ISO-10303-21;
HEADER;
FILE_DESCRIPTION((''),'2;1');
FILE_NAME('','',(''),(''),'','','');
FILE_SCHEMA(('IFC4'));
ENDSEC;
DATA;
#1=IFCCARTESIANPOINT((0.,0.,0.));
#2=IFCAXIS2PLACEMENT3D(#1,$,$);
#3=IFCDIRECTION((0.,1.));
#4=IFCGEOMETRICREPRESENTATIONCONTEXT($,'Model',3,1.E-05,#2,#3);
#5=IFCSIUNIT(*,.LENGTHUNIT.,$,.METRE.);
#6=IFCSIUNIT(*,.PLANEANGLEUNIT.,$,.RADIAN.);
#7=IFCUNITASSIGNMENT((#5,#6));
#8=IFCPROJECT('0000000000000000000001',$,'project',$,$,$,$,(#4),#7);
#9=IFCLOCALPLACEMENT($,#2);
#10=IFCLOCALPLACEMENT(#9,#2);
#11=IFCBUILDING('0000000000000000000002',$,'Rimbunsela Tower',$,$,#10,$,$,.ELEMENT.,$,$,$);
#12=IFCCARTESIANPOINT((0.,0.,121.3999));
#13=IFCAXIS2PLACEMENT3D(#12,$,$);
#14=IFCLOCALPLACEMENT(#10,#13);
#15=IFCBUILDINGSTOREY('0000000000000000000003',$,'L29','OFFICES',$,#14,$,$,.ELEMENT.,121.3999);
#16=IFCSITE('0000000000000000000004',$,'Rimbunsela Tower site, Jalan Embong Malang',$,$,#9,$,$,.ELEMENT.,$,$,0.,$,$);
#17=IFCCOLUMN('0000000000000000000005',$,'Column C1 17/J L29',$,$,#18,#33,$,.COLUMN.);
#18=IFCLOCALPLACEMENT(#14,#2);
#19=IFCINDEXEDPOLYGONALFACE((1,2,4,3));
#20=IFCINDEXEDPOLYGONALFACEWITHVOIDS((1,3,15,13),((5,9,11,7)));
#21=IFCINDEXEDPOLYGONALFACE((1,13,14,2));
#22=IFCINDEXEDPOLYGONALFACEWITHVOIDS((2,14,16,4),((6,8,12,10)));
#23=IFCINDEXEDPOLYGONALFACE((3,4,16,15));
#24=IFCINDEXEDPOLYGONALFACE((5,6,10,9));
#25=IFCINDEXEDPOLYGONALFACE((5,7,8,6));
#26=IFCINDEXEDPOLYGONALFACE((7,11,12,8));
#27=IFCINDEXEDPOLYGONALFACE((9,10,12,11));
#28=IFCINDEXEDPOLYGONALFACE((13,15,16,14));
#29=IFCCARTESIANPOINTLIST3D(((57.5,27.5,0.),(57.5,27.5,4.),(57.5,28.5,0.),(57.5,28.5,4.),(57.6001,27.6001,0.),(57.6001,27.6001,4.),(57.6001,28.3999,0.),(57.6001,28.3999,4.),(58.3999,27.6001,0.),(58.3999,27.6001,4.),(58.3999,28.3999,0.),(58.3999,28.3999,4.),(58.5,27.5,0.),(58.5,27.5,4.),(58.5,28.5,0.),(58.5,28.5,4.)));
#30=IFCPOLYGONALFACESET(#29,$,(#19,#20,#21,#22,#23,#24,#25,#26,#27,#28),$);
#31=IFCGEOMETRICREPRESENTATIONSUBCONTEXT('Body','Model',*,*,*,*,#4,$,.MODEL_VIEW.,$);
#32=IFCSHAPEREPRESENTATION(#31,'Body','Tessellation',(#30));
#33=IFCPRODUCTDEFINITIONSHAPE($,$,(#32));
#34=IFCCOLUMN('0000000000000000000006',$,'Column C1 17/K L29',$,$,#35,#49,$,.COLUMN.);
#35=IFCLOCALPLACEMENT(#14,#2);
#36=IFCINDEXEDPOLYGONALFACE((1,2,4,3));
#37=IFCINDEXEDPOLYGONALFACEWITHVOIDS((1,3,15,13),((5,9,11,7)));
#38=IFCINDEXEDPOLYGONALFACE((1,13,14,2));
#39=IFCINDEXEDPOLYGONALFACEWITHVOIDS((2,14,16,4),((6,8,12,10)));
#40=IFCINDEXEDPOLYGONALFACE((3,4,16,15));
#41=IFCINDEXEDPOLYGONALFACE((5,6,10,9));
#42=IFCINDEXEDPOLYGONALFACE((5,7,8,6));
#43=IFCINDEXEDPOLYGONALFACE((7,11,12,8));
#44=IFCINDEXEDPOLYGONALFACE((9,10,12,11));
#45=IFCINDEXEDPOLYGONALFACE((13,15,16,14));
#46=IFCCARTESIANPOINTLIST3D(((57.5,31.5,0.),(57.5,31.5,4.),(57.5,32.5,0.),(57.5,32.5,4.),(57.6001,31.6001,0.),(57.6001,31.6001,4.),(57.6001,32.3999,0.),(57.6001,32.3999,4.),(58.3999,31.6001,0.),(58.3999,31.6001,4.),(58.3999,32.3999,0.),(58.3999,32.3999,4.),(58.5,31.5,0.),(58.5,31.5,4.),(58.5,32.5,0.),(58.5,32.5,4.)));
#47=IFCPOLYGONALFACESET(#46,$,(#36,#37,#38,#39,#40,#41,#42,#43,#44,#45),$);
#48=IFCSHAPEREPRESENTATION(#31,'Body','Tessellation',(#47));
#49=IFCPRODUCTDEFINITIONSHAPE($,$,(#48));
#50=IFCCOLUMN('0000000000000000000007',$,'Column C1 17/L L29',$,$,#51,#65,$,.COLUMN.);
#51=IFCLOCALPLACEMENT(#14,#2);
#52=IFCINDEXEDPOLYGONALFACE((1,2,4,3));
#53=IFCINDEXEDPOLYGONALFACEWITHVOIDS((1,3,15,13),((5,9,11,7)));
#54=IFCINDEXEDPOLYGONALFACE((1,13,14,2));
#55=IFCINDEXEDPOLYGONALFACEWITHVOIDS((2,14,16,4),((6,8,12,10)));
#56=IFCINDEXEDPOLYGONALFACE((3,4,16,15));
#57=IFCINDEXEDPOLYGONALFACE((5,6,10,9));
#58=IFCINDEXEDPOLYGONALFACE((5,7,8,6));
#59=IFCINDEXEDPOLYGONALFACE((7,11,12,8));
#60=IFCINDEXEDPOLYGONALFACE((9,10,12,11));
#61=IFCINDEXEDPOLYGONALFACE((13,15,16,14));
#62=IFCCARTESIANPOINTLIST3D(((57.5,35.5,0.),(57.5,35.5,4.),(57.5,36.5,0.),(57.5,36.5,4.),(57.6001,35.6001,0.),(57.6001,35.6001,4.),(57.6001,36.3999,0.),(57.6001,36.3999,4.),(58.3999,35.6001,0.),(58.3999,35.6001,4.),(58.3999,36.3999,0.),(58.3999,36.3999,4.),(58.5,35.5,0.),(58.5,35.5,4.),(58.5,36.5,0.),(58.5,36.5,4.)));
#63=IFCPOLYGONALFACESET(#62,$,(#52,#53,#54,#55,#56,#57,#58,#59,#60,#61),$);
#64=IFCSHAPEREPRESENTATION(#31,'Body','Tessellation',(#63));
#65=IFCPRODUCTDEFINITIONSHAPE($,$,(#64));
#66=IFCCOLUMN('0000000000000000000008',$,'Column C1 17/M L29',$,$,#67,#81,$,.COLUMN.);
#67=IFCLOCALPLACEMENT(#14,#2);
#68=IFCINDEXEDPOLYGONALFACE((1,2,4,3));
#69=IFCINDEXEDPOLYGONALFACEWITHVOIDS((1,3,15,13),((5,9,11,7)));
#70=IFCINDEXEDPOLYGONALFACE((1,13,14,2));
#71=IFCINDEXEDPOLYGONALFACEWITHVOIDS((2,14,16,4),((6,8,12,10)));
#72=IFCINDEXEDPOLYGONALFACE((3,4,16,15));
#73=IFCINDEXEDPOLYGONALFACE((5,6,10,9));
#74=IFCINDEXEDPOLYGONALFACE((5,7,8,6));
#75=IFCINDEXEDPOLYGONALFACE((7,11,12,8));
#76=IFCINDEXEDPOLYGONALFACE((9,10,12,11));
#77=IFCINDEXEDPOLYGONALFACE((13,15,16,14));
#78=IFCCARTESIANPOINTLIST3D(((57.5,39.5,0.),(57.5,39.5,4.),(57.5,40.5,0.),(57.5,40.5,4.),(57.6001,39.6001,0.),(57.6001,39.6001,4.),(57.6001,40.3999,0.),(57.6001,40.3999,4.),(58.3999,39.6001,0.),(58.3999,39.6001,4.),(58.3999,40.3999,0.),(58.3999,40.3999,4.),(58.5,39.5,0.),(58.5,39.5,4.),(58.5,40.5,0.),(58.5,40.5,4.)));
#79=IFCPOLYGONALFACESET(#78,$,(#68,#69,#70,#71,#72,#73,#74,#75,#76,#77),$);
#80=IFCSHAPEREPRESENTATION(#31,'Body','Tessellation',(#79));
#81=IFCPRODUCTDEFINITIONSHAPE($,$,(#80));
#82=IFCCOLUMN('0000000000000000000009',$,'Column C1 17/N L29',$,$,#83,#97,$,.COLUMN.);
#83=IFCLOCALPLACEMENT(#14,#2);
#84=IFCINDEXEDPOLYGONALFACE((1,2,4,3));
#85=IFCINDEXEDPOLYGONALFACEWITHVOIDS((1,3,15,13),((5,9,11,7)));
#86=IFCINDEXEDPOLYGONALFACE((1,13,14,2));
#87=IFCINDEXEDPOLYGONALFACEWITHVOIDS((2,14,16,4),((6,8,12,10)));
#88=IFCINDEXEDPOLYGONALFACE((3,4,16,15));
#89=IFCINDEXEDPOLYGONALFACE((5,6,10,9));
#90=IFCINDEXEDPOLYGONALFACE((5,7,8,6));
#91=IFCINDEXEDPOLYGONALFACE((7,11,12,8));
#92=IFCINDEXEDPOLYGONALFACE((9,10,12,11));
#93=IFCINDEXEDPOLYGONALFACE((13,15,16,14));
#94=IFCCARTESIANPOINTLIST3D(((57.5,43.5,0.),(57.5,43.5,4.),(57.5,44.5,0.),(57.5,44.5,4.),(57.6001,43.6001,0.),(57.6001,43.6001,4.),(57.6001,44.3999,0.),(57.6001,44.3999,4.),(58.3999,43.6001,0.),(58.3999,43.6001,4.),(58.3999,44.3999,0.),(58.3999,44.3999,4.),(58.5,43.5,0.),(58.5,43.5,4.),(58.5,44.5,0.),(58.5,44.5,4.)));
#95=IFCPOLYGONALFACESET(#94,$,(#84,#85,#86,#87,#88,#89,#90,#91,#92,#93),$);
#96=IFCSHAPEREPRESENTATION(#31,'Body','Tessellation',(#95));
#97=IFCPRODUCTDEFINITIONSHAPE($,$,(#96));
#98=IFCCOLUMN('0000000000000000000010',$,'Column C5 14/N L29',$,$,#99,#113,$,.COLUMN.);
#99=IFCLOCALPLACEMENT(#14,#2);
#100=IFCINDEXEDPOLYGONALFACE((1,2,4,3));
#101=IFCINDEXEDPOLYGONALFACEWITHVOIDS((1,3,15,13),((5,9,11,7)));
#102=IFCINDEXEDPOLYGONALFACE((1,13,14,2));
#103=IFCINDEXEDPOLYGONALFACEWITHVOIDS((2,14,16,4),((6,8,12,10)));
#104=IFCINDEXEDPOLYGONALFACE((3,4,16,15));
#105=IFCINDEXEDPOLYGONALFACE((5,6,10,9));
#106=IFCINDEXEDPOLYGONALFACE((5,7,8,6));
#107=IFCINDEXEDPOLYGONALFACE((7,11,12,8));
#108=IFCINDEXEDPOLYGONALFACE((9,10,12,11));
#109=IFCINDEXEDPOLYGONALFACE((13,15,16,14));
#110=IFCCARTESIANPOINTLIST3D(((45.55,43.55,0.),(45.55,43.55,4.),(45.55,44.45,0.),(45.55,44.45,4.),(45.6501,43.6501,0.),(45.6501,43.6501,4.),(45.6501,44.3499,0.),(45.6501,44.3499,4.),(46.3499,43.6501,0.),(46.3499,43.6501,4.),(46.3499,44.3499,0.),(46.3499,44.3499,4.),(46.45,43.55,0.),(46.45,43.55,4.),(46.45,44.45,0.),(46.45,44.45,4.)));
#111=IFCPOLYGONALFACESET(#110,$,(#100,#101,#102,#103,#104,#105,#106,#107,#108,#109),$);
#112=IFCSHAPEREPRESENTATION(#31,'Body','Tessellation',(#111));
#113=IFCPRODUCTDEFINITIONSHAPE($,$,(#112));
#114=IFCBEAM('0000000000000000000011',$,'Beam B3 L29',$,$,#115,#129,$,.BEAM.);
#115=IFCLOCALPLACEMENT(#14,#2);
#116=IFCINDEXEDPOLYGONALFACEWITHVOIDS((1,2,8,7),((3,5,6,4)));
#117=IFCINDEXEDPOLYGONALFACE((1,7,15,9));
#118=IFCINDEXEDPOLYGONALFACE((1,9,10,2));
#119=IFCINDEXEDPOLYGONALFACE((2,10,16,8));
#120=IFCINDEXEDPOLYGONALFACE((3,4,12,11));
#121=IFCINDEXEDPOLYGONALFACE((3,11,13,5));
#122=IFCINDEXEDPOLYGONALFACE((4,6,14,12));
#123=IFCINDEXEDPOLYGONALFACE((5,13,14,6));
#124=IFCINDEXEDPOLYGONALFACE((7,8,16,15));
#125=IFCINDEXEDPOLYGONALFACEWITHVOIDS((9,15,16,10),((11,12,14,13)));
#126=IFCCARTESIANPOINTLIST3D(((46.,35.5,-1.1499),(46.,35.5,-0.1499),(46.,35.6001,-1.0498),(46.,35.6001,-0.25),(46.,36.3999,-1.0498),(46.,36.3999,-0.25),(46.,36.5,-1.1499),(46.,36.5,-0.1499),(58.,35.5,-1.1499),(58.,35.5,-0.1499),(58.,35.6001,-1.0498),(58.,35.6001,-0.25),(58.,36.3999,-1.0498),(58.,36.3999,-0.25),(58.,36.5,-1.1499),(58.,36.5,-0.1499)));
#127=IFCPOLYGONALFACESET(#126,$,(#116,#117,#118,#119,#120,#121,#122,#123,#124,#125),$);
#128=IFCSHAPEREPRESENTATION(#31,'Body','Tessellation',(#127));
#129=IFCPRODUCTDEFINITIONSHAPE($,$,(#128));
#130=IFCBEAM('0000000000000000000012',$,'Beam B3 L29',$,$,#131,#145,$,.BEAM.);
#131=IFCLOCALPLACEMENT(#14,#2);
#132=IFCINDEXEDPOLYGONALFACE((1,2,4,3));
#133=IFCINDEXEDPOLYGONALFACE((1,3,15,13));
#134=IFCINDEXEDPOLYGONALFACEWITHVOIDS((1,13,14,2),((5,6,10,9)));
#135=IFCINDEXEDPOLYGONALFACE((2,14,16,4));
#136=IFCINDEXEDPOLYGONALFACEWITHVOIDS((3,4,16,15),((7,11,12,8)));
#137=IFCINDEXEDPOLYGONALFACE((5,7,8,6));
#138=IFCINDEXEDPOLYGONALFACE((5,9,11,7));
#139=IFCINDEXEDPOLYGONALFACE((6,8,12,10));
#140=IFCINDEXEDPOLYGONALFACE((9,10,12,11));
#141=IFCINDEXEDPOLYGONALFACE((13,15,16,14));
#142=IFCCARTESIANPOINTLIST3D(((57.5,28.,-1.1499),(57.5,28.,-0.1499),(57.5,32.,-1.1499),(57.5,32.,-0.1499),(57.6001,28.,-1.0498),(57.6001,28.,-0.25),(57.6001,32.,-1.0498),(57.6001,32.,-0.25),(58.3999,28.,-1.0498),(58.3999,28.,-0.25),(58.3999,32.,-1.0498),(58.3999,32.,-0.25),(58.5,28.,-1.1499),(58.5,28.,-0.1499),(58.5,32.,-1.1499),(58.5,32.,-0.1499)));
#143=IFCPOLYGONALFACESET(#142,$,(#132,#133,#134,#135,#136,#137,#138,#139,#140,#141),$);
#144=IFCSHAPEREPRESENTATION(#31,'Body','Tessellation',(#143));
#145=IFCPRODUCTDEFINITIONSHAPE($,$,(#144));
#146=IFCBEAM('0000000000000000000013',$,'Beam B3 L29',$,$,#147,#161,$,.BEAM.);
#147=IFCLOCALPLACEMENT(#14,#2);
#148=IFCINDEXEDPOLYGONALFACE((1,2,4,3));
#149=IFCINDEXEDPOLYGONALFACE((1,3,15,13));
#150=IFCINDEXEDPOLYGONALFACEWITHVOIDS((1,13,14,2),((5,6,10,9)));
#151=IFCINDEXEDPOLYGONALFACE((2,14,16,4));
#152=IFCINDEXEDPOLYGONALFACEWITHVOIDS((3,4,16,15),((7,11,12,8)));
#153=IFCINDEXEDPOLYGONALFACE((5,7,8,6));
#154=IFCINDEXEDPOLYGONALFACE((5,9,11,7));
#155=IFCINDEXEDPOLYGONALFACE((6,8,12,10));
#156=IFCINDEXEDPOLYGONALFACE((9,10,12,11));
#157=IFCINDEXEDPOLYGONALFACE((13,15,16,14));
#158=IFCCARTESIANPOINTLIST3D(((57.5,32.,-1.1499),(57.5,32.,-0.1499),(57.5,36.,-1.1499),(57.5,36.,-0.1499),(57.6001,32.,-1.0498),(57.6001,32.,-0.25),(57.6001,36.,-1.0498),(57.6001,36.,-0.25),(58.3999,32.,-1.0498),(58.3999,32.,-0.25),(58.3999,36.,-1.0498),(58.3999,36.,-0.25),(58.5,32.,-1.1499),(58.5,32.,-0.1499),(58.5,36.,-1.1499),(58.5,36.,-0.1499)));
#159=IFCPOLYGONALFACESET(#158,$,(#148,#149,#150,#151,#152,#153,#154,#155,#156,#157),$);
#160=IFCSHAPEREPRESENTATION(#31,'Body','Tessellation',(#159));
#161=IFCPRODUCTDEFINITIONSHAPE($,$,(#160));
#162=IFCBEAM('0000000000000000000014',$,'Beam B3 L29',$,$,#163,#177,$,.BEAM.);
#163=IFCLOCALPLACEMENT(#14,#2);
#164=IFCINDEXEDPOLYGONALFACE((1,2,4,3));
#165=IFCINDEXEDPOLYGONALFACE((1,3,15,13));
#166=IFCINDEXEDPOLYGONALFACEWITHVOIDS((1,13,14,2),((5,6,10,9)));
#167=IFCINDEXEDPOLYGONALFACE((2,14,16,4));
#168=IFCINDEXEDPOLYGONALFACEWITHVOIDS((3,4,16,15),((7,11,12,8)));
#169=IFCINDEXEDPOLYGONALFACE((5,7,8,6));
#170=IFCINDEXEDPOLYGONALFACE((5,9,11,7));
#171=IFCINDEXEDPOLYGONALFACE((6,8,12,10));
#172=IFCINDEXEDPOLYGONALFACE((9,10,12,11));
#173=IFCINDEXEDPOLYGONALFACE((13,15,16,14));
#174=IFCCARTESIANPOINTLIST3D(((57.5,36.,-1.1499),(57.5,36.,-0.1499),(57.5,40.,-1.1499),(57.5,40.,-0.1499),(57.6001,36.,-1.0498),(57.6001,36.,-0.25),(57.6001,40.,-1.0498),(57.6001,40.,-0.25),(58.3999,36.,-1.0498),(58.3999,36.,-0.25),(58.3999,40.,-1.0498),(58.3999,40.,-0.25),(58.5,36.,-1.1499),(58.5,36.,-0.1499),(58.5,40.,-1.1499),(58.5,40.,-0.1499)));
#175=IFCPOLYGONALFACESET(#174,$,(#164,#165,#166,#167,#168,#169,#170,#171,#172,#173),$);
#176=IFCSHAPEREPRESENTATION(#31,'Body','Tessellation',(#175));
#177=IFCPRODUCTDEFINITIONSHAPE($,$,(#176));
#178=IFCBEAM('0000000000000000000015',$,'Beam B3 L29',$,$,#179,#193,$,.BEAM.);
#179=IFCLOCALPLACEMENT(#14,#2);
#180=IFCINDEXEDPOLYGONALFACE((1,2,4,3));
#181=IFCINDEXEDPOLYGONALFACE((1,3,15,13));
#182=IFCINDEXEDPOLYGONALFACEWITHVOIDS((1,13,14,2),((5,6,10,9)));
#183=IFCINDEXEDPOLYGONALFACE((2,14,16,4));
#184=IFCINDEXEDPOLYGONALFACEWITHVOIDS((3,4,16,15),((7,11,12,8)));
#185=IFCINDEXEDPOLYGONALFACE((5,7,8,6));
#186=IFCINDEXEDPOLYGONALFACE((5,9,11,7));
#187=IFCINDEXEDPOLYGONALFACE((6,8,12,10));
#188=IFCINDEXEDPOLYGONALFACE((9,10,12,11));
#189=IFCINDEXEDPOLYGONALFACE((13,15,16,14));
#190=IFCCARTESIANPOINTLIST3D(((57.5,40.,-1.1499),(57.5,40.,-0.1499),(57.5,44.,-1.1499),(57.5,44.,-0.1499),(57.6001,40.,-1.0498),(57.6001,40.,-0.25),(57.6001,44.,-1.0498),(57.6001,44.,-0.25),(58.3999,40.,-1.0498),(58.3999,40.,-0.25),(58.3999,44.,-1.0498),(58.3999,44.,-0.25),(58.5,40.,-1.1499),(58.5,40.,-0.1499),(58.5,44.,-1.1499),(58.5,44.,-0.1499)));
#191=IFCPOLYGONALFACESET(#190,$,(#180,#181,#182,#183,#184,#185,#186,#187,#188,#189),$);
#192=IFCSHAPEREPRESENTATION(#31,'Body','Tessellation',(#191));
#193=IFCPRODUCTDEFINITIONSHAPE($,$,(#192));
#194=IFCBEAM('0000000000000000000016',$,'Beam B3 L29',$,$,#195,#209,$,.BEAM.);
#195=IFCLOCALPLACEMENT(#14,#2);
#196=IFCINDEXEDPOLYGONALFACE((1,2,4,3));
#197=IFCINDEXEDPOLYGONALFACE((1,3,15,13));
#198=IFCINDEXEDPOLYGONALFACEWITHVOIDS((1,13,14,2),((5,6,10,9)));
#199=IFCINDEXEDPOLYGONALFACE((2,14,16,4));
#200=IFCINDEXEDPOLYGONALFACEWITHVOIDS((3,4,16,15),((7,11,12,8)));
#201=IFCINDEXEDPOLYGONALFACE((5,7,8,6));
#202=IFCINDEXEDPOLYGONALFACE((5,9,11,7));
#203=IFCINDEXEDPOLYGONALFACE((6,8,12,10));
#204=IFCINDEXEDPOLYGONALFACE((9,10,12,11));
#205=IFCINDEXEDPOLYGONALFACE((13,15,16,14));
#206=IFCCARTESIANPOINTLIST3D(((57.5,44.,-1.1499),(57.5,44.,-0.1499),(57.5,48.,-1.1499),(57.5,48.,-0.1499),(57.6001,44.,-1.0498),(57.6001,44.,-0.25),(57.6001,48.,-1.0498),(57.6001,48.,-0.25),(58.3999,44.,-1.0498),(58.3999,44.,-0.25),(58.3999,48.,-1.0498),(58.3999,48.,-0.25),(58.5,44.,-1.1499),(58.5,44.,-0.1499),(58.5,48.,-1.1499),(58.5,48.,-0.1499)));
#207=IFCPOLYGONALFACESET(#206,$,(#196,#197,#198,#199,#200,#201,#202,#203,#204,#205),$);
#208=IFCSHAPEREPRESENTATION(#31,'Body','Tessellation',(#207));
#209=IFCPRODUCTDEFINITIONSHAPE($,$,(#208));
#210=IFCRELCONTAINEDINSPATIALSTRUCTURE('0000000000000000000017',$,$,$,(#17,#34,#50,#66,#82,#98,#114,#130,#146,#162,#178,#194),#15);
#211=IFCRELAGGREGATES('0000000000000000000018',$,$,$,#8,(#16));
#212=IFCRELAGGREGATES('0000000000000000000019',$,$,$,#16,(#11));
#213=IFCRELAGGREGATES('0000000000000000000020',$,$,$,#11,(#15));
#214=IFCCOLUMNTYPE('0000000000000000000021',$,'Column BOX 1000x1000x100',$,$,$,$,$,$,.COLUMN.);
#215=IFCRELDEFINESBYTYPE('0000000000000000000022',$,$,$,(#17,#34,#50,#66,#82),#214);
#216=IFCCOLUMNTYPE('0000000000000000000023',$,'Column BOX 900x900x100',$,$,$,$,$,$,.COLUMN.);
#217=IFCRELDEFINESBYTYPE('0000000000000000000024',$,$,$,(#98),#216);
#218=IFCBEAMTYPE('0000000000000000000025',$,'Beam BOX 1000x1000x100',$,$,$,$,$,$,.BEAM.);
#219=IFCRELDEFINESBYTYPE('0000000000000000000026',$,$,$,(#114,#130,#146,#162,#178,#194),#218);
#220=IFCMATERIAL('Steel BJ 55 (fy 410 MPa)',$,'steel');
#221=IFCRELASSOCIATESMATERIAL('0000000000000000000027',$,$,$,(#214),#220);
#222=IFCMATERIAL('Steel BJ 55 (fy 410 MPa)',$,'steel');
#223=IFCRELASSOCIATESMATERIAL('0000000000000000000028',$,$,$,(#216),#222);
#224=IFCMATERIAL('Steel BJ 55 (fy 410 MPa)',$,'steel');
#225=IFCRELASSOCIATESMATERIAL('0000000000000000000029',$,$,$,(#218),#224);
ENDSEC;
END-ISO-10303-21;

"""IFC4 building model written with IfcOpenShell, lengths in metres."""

from ifc_helpers import new_model, si_unit, direction, frame, origin, origin_2d, place, context, subcontext, project, spatial, hollow_rectangle, extrude, material, material_profile, profile_set, type_object, element, save


model = new_model("IFC4")

# Units and contexts
model_context = context("Model", 3, precision=1e-05, world=origin(), true_north=direction((0.0, 1.0)))
body_context = subcontext(model_context, "Body", "Model", "MODEL_VIEW")
ifc_project = project(units=[si_unit("LENGTHUNIT", "METRE"), si_unit("PLANEANGLEUNIT", "RADIAN")], contexts=[model_context])

# Site, building, storey
site_placement = place(None, origin())
site = spatial("IfcSite", under=ifc_project, at=site_placement, Name="Rimbunsela Tower site, Jalan Embong Malang", CompositionType="ELEMENT", RefElevation=0.0)
building_placement = place(site_placement, origin())
building = spatial("IfcBuilding", under=site, at=building_placement, Name="Rimbunsela Tower", CompositionType="ELEMENT")
storey_placement = place(building_placement, frame((0.0, 0.0, 121.3999)))
storey = spatial("IfcBuildingStorey", under=building, at=storey_placement, Name="L29", Description="OFFICES", CompositionType="ELEMENT", Elevation=121.3999)

# Columns
ifc_material_1 = material(Name="Steel BJ 55 (fy 410 MPa)", Category="steel")
ifc_material_profile_1 = material_profile(ifc_material_1, hollow_rectangle(XDim=1.0, YDim=1.0, WallThickness=0.1001, at=origin_2d()), Name="BOX 1000x1000x100")
ifc_profile_set_1 = profile_set([ifc_material_profile_1], Name="Steel BJ 55 (fy 410 MPa)")
column_type_1 = type_object("IfcColumnType", Name="Column BOX 1000x1000x100", PredefinedType="COLUMN", material=ifc_profile_set_1)
for number, where, z_axis, x_axis, name in (
    (1, (58.0, 28.0, 0.0), (0.0, 0.0, 1.0), (1.0, 0.0, 0.0), "Column C1 17/J L29"),
    (2, (58.0, 32.0, 0.0), (0.0, 0.0, 1.0), (1.0, 0.0, 0.0), "Column C1 17/K L29"),
    (3, (58.0, 36.0, 0.0), (0.0, 0.0, 1.0), (1.0, 0.0, 0.0), "Column C1 17/L L29"),
    (4, (58.0, 40.0, 0.0), (0.0, 0.0, 1.0), (1.0, 0.0, 0.0), "Column C1 17/M L29"),
    (5, (58.0, 44.0, 0.0), (0.0, 0.0, 1.0), (1.0, 0.0, 0.0), "Column C1 17/N L29"),
):
    element("IfcColumn", number, at=place(storey_placement, frame(where, z_axis=z_axis, x_axis=x_axis)), inside=storey, type_object=column_type_1, Name=name, PredefinedType="COLUMN", context=body_context, shape_type="SweptSolid", body=[
        extrude(hollow_rectangle(XDim=1.0, YDim=1.0, WallThickness=0.1001, at=origin_2d()), origin(), (0.0, 0.0, 1.0), 4.0),
    ])
ifc_material_2 = material(Name="Steel BJ 55 (fy 410 MPa)", Category="steel")
ifc_material_profile_2 = material_profile(ifc_material_2, hollow_rectangle(XDim=0.8999, YDim=0.8999, WallThickness=0.1001, at=origin_2d()), Name="BOX 900x900x100")
ifc_profile_set_2 = profile_set([ifc_material_profile_2], Name="Steel BJ 55 (fy 410 MPa)")
column_type_2 = type_object("IfcColumnType", Name="Column BOX 900x900x100", PredefinedType="COLUMN", material=ifc_profile_set_2)
column_placement = place(storey_placement, frame((46.0, 44.0, 0.0), z_axis=(0.0, 0.0, 1.0), x_axis=(1.0, 0.0, 0.0)))
element("IfcColumn", 6, at=column_placement, inside=storey, type_object=column_type_2, Name="Column C5 14/N L29", PredefinedType="COLUMN", context=body_context, shape_type="SweptSolid", body=[
    extrude(hollow_rectangle(XDim=0.8999, YDim=0.8999, WallThickness=0.1001, at=origin_2d()), origin(), (0.0, 0.0, 1.0), 4.0),
])

# Beams
ifc_material_3 = material(Name="Steel BJ 55 (fy 410 MPa)", Category="steel")
ifc_material_profile_3 = material_profile(ifc_material_3, hollow_rectangle(XDim=1.0, YDim=1.0, WallThickness=0.1001, at=origin_2d()), Name="BOX 1000x1000x100")
ifc_profile_set_3 = profile_set([ifc_material_profile_3], Name="Steel BJ 55 (fy 410 MPa)")
beam_type_1 = type_object("IfcBeamType", Name="Beam BOX 1000x1000x100", PredefinedType="BEAM", material=ifc_profile_set_3)
beam_placement = place(storey_placement, frame((46.0, 36.0, -0.6499), z_axis=(1.0, 0.0, 0.0), x_axis=(0.0, 1.0, 0.0)))
element("IfcBeam", 7, at=beam_placement, inside=storey, type_object=beam_type_1, Name="Beam B3 L29", PredefinedType="BEAM", context=body_context, shape_type="SweptSolid", body=[
    extrude(hollow_rectangle(XDim=1.0, YDim=1.0, WallThickness=0.1001, at=origin_2d()), origin(), (0.0, 0.0, 1.0), 12.0),
])
for number, where, z_axis, x_axis, name in (
    (8, (58.0, 28.0, -0.6499), (0.0, 1.0, 0.0), (-1.0, 0.0, 0.0), "Beam B3 L29"),
    (9, (58.0, 32.0, -0.6499), (0.0, 1.0, 0.0), (-1.0, 0.0, 0.0), "Beam B3 L29"),
    (10, (58.0, 36.0, -0.6499), (0.0, 1.0, 0.0), (-1.0, 0.0, 0.0), "Beam B3 L29"),
    (11, (58.0, 40.0, -0.6499), (0.0, 1.0, 0.0), (-1.0, 0.0, 0.0), "Beam B3 L29"),
    (12, (58.0, 44.0, -0.6499), (0.0, 1.0, 0.0), (-1.0, 0.0, 0.0), "Beam B3 L29"),
):
    element("IfcBeam", number, at=place(storey_placement, frame(where, z_axis=z_axis, x_axis=x_axis)), inside=storey, type_object=beam_type_1, Name=name, PredefinedType="BEAM", context=body_context, shape_type="SweptSolid", body=[
        extrude(hollow_rectangle(XDim=1.0, YDim=1.0, WallThickness=0.1001, at=origin_2d()), origin(), (0.0, 0.0, 1.0), 4.0),
    ])

save(model, "model.ifc")
